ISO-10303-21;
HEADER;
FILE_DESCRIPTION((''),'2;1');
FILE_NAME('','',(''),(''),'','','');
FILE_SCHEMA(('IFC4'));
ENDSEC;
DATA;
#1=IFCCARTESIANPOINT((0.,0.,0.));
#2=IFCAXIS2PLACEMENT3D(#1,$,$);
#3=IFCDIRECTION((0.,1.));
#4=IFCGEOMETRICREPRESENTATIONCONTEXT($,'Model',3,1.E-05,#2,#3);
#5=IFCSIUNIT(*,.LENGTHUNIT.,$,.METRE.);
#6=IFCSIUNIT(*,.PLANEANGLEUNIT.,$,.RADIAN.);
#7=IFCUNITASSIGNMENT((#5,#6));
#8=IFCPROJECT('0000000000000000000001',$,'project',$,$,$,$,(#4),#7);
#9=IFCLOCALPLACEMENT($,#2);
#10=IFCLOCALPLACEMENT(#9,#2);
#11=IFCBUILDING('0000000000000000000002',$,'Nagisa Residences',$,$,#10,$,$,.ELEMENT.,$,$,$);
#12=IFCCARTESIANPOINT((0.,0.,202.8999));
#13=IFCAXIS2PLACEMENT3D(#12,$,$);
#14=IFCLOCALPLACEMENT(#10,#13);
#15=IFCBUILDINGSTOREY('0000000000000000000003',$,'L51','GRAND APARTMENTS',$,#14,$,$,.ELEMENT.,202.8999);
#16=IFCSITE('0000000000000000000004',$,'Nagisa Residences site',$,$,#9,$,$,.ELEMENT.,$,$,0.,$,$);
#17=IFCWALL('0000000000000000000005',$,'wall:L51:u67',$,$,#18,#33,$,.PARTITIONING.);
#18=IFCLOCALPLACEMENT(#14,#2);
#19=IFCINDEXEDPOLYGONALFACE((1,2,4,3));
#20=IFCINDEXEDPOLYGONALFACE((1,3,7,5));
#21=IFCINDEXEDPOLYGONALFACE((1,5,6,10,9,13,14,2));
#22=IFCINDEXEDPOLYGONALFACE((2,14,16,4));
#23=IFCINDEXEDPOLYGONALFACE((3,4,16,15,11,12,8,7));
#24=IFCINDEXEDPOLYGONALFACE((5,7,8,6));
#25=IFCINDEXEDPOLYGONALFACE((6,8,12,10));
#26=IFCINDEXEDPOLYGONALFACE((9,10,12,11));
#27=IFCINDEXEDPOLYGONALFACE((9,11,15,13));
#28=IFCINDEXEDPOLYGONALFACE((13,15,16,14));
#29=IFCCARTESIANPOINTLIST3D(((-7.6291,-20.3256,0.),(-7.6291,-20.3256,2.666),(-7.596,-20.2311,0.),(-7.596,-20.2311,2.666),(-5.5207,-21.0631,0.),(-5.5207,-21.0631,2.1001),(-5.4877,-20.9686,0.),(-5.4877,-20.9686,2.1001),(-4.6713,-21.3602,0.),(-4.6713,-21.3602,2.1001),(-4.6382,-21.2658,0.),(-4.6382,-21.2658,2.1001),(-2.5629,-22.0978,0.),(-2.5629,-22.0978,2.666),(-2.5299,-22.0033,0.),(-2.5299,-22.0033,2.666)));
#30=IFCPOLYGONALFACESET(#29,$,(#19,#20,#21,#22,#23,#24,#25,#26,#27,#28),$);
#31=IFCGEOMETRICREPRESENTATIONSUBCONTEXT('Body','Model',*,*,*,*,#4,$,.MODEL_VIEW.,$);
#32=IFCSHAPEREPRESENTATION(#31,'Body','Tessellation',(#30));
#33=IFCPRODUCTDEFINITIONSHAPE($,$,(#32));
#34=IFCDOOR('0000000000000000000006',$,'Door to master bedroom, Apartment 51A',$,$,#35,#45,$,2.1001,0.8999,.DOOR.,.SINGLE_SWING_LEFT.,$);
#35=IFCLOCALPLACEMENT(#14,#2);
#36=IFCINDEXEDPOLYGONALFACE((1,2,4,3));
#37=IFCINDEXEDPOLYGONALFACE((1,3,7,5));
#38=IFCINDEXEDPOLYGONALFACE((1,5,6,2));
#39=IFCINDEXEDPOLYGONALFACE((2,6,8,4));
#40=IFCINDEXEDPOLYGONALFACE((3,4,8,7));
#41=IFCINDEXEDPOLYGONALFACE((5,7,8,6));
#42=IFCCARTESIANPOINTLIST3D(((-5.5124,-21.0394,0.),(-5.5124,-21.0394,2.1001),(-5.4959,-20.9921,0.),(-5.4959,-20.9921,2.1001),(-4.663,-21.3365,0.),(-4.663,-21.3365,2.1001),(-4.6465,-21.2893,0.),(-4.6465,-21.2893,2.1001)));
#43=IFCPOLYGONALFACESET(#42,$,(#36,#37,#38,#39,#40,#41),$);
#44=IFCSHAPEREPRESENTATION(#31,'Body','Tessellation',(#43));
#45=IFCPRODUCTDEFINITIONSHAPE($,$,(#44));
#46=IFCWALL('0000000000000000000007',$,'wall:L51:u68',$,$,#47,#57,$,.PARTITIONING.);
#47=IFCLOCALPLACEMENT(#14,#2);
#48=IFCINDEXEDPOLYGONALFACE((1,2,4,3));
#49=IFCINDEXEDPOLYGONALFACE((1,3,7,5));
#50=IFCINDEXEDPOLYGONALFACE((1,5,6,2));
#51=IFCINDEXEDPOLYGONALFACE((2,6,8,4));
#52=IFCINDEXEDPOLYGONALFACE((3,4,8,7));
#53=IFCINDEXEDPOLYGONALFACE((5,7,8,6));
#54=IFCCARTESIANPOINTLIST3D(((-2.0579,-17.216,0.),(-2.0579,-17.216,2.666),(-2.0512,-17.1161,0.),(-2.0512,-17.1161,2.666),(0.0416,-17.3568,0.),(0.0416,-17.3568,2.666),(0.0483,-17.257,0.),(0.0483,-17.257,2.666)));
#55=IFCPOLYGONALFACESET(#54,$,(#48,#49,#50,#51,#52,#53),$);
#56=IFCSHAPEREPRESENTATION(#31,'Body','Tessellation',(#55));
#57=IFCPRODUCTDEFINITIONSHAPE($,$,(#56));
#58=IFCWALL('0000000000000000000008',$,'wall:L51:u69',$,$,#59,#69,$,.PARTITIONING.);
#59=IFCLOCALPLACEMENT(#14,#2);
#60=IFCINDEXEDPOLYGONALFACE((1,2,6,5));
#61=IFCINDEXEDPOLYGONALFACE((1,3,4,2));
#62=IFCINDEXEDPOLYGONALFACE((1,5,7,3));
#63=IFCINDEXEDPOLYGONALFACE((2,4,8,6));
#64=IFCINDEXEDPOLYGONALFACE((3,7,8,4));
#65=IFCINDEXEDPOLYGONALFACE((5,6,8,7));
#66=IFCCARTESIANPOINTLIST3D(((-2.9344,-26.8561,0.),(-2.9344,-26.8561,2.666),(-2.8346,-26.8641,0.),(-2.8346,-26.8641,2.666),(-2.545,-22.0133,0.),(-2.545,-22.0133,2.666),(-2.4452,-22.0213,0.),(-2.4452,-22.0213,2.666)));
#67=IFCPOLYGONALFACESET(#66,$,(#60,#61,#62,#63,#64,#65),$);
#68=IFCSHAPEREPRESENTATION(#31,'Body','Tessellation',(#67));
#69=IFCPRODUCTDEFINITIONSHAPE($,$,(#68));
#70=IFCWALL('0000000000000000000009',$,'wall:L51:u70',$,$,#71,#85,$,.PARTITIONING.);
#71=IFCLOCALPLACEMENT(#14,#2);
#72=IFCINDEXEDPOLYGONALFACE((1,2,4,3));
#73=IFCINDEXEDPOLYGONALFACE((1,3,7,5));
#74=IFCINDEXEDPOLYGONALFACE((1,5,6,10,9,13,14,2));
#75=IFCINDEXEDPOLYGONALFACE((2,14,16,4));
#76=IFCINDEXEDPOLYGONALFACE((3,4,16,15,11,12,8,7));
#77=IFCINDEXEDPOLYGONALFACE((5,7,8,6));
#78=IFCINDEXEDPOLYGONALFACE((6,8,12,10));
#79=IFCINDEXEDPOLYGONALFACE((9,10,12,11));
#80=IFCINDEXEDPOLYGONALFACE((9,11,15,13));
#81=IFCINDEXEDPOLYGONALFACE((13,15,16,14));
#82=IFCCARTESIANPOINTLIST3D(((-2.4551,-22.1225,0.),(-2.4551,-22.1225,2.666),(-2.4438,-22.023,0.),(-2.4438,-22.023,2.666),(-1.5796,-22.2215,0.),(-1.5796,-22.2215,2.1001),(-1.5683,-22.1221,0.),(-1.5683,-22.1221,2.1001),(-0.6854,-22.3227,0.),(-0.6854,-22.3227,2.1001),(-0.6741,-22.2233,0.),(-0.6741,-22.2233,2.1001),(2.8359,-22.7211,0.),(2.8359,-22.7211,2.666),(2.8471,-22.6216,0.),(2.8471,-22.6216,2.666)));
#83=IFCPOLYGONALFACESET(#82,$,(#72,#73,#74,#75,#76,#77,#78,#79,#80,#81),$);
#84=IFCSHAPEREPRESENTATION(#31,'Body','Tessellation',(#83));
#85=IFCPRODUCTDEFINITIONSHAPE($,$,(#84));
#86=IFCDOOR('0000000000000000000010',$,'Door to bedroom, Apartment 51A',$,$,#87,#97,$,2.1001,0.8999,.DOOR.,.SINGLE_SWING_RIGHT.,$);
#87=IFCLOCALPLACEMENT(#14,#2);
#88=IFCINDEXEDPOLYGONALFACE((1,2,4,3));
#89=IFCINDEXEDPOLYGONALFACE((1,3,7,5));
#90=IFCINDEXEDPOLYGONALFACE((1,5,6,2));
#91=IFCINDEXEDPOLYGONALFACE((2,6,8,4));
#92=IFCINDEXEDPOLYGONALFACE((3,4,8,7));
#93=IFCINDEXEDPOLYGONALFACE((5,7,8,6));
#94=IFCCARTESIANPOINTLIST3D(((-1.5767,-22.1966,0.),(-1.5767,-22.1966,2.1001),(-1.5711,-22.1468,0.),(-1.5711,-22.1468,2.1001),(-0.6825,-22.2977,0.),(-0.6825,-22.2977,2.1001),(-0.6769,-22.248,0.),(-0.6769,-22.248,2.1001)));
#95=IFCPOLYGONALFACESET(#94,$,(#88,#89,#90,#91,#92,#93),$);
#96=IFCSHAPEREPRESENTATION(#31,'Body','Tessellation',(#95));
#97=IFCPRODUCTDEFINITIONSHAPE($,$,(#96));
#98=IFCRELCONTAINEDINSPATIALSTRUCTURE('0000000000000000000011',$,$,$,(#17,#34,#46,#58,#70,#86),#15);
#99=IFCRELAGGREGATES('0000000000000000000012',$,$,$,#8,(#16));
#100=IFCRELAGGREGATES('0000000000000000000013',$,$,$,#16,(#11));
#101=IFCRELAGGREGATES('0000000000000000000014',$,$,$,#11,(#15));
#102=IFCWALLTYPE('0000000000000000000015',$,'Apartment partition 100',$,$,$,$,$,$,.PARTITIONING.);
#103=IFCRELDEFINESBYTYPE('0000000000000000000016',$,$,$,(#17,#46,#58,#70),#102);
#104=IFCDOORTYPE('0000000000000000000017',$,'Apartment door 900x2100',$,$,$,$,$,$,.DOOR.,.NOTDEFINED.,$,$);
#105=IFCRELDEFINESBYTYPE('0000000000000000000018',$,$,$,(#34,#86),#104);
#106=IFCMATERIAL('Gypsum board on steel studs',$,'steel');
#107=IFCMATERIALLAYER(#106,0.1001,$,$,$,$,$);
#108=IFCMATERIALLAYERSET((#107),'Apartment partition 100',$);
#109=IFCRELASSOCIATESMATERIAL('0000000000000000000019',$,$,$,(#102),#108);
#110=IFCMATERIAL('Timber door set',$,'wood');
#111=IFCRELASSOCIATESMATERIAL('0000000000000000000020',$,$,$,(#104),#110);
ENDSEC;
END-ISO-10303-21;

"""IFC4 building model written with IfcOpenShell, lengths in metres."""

from ifc_helpers import new_model, si_unit, direction, frame, frame_2d, origin, place, context, subcontext, project, spatial, rectangle, extrude, material, layer, layer_set, type_object, element, fill, save


model = new_model("IFC4")

# Units and contexts
model_context = context("Model", 3, precision=1e-05, world=origin(), true_north=direction((0.0, 1.0)))
body_context = subcontext(model_context, "Body", "Model", "MODEL_VIEW")
ifc_project = project(units=[si_unit("LENGTHUNIT", "METRE"), si_unit("PLANEANGLEUNIT", "RADIAN")], contexts=[model_context])

# Site, building, storey
site_placement = place(None, origin())
site = spatial("IfcSite", under=ifc_project, at=site_placement, Name="Nagisa Residences site", CompositionType="ELEMENT", RefElevation=0.0)
building_placement = place(site_placement, origin())
building = spatial("IfcBuilding", under=site, at=building_placement, Name="Nagisa Residences", CompositionType="ELEMENT")
storey_placement = place(building_placement, frame((0.0, 0.0, 202.8999)))
storey = spatial("IfcBuildingStorey", under=building, at=storey_placement, Name="L51", Description="GRAND APARTMENTS", CompositionType="ELEMENT", Elevation=202.8999)

# Shared definitions
ifc_material_1 = material(Name="Gypsum board on steel studs", Category="steel")
ifc_layer_1 = layer(ifc_material_1, 0.1001)
ifc_layer_set_1 = layer_set([ifc_layer_1], Name="Apartment partition 100")
wall_type_1 = type_object("IfcWallType", Name="Apartment partition 100", PredefinedType="PARTITIONING", material=ifc_layer_set_1)

# Wall, opening, door
wall_1_placement = place(storey_placement, frame((-7.6125, -20.2783, 0.0), z_axis=(0.0, 0.0, 1.0), x_axis=(0.943913, -0.330194, 0.0)))
wall_1 = element("IfcWall", 1, at=wall_1_placement, inside=storey, type_object=wall_type_1, Name="wall:L51:u67", PredefinedType="PARTITIONING", context=body_context, shape_type="SweptSolid", body=[
    extrude(rectangle(XDim=5.3672, YDim=0.1001, at=frame_2d((2.6836, 0.0))), origin(), (0.0, 0.0, 1.0), 2.666),
])
opening_1_placement = place(wall_1_placement, frame((2.2336, 0.0, 0.0)))
opening_1 = element("IfcOpeningElement", 2, at=opening_1_placement, cuts=wall_1, PredefinedType="OPENING", context=body_context, shape_type="SweptSolid", body=[
    extrude(rectangle(XDim=0.8999, YDim=2.1001, at=frame_2d((0.45, 1.05))), frame((0.0, 0.0601, 0.0), z_axis=(0.0, -1.0, 0.0), x_axis=(1.0, 0.0, 0.0)), (0.0, 0.0, 1.0), 0.1201),
])
ifc_material_2 = material(Name="Timber door set", Category="wood")
door_type_1 = type_object("IfcDoorType", Name="Apartment door 900x2100", OperationType="NOTDEFINED", PredefinedType="DOOR", material=ifc_material_2)
door_1_placement = place(opening_1_placement, frame((0.8999, 0.0, 0.0), x_axis=(-1.0, 0.0, 0.0)))
door_1 = element("IfcDoor", 3, at=door_1_placement, inside=storey, type_object=door_type_1, Name="Door to master bedroom, Apartment 51A", OperationType="SINGLE_SWING_LEFT", OverallHeight=2.1001, OverallWidth=0.8999, PredefinedType="DOOR", context=body_context, shape_type="SweptSolid", body=[
    extrude(rectangle(XDim=0.8999, YDim=2.1001, at=frame_2d((0.45, 1.05))), frame((0.0, 0.0249, 0.0), z_axis=(0.0, -1.0, 0.0), x_axis=(1.0, 0.0, 0.0)), (0.0, 0.0, 1.0), 0.05),
])
fill(opening_1, door_1)

# Walls
wall_2_placement = place(storey_placement, frame((-2.0547, -17.166, 0.0), z_axis=(0.0, 0.0, 1.0), x_axis=(0.997757, -0.066943, 0.0)))
element("IfcWall", 4, at=wall_2_placement, inside=storey, type_object=wall_type_1, Name="wall:L51:u68", PredefinedType="PARTITIONING", context=body_context, shape_type="SweptSolid", body=[
    extrude(rectangle(XDim=2.1042, YDim=0.1001, at=frame_2d((1.0522, 0.0))), origin(), (0.0, 0.0, 1.0), 2.666),
])
wall_3_placement = place(storey_placement, frame((-2.4951, -22.0173, 0.0), z_axis=(0.0, 0.0, 1.0), x_axis=(-0.080151, -0.996783, 0.0)))
element("IfcWall", 5, at=wall_3_placement, inside=storey, type_object=wall_type_1, Name="wall:L51:u69", PredefinedType="PARTITIONING", context=body_context, shape_type="SweptSolid", body=[
    extrude(rectangle(XDim=4.8584, YDim=0.1001, at=frame_2d((2.4292, 0.0))), origin(), (0.0, 0.0, 1.0), 2.666),
])

# Wall, opening, door
wall_4_placement = place(storey_placement, frame((-2.4495, -22.0728, 0.0), z_axis=(0.0, 0.0, 1.0), x_axis=(0.99366, -0.112424, 0.0)))
wall_4 = element("IfcWall", 6, at=wall_4_placement, inside=storey, type_object=wall_type_1, Name="wall:L51:u70", PredefinedType="PARTITIONING", context=body_context, shape_type="SweptSolid", body=[
    extrude(rectangle(XDim=5.3247, YDim=0.1001, at=frame_2d((2.6624, 0.0))), origin(), (0.0, 0.0, 1.0), 2.666),
])
opening_2_placement = place(wall_4_placement, frame((0.8811, 0.0, 0.0)))
opening_2 = element("IfcOpeningElement", 7, at=opening_2_placement, cuts=wall_4, PredefinedType="OPENING", context=body_context, shape_type="SweptSolid", body=[
    extrude(rectangle(XDim=0.8999, YDim=2.1001, at=frame_2d((0.45, 1.05))), frame((0.0, 0.0601, 0.0), z_axis=(0.0, -1.0, 0.0), x_axis=(1.0, 0.0, 0.0)), (0.0, 0.0, 1.0), 0.1201),
])
door_2_placement = place(opening_2_placement, frame((0.8999, 0.0, 0.0), x_axis=(-1.0, 0.0, 0.0)))
door_2 = element("IfcDoor", 8, at=door_2_placement, inside=storey, type_object=door_type_1, Name="Door to bedroom, Apartment 51A", OperationType="SINGLE_SWING_RIGHT", OverallHeight=2.1001, OverallWidth=0.8999, PredefinedType="DOOR", context=body_context, shape_type="SweptSolid", body=[
    extrude(rectangle(XDim=0.8999, YDim=2.1001, at=frame_2d((0.45, 1.05))), frame((0.0, 0.0249, 0.0), z_axis=(0.0, -1.0, 0.0), x_axis=(1.0, 0.0, 0.0)), (0.0, 0.0, 1.0), 0.05),
])
fill(opening_2, door_2)

save(model, "model.ifc")
